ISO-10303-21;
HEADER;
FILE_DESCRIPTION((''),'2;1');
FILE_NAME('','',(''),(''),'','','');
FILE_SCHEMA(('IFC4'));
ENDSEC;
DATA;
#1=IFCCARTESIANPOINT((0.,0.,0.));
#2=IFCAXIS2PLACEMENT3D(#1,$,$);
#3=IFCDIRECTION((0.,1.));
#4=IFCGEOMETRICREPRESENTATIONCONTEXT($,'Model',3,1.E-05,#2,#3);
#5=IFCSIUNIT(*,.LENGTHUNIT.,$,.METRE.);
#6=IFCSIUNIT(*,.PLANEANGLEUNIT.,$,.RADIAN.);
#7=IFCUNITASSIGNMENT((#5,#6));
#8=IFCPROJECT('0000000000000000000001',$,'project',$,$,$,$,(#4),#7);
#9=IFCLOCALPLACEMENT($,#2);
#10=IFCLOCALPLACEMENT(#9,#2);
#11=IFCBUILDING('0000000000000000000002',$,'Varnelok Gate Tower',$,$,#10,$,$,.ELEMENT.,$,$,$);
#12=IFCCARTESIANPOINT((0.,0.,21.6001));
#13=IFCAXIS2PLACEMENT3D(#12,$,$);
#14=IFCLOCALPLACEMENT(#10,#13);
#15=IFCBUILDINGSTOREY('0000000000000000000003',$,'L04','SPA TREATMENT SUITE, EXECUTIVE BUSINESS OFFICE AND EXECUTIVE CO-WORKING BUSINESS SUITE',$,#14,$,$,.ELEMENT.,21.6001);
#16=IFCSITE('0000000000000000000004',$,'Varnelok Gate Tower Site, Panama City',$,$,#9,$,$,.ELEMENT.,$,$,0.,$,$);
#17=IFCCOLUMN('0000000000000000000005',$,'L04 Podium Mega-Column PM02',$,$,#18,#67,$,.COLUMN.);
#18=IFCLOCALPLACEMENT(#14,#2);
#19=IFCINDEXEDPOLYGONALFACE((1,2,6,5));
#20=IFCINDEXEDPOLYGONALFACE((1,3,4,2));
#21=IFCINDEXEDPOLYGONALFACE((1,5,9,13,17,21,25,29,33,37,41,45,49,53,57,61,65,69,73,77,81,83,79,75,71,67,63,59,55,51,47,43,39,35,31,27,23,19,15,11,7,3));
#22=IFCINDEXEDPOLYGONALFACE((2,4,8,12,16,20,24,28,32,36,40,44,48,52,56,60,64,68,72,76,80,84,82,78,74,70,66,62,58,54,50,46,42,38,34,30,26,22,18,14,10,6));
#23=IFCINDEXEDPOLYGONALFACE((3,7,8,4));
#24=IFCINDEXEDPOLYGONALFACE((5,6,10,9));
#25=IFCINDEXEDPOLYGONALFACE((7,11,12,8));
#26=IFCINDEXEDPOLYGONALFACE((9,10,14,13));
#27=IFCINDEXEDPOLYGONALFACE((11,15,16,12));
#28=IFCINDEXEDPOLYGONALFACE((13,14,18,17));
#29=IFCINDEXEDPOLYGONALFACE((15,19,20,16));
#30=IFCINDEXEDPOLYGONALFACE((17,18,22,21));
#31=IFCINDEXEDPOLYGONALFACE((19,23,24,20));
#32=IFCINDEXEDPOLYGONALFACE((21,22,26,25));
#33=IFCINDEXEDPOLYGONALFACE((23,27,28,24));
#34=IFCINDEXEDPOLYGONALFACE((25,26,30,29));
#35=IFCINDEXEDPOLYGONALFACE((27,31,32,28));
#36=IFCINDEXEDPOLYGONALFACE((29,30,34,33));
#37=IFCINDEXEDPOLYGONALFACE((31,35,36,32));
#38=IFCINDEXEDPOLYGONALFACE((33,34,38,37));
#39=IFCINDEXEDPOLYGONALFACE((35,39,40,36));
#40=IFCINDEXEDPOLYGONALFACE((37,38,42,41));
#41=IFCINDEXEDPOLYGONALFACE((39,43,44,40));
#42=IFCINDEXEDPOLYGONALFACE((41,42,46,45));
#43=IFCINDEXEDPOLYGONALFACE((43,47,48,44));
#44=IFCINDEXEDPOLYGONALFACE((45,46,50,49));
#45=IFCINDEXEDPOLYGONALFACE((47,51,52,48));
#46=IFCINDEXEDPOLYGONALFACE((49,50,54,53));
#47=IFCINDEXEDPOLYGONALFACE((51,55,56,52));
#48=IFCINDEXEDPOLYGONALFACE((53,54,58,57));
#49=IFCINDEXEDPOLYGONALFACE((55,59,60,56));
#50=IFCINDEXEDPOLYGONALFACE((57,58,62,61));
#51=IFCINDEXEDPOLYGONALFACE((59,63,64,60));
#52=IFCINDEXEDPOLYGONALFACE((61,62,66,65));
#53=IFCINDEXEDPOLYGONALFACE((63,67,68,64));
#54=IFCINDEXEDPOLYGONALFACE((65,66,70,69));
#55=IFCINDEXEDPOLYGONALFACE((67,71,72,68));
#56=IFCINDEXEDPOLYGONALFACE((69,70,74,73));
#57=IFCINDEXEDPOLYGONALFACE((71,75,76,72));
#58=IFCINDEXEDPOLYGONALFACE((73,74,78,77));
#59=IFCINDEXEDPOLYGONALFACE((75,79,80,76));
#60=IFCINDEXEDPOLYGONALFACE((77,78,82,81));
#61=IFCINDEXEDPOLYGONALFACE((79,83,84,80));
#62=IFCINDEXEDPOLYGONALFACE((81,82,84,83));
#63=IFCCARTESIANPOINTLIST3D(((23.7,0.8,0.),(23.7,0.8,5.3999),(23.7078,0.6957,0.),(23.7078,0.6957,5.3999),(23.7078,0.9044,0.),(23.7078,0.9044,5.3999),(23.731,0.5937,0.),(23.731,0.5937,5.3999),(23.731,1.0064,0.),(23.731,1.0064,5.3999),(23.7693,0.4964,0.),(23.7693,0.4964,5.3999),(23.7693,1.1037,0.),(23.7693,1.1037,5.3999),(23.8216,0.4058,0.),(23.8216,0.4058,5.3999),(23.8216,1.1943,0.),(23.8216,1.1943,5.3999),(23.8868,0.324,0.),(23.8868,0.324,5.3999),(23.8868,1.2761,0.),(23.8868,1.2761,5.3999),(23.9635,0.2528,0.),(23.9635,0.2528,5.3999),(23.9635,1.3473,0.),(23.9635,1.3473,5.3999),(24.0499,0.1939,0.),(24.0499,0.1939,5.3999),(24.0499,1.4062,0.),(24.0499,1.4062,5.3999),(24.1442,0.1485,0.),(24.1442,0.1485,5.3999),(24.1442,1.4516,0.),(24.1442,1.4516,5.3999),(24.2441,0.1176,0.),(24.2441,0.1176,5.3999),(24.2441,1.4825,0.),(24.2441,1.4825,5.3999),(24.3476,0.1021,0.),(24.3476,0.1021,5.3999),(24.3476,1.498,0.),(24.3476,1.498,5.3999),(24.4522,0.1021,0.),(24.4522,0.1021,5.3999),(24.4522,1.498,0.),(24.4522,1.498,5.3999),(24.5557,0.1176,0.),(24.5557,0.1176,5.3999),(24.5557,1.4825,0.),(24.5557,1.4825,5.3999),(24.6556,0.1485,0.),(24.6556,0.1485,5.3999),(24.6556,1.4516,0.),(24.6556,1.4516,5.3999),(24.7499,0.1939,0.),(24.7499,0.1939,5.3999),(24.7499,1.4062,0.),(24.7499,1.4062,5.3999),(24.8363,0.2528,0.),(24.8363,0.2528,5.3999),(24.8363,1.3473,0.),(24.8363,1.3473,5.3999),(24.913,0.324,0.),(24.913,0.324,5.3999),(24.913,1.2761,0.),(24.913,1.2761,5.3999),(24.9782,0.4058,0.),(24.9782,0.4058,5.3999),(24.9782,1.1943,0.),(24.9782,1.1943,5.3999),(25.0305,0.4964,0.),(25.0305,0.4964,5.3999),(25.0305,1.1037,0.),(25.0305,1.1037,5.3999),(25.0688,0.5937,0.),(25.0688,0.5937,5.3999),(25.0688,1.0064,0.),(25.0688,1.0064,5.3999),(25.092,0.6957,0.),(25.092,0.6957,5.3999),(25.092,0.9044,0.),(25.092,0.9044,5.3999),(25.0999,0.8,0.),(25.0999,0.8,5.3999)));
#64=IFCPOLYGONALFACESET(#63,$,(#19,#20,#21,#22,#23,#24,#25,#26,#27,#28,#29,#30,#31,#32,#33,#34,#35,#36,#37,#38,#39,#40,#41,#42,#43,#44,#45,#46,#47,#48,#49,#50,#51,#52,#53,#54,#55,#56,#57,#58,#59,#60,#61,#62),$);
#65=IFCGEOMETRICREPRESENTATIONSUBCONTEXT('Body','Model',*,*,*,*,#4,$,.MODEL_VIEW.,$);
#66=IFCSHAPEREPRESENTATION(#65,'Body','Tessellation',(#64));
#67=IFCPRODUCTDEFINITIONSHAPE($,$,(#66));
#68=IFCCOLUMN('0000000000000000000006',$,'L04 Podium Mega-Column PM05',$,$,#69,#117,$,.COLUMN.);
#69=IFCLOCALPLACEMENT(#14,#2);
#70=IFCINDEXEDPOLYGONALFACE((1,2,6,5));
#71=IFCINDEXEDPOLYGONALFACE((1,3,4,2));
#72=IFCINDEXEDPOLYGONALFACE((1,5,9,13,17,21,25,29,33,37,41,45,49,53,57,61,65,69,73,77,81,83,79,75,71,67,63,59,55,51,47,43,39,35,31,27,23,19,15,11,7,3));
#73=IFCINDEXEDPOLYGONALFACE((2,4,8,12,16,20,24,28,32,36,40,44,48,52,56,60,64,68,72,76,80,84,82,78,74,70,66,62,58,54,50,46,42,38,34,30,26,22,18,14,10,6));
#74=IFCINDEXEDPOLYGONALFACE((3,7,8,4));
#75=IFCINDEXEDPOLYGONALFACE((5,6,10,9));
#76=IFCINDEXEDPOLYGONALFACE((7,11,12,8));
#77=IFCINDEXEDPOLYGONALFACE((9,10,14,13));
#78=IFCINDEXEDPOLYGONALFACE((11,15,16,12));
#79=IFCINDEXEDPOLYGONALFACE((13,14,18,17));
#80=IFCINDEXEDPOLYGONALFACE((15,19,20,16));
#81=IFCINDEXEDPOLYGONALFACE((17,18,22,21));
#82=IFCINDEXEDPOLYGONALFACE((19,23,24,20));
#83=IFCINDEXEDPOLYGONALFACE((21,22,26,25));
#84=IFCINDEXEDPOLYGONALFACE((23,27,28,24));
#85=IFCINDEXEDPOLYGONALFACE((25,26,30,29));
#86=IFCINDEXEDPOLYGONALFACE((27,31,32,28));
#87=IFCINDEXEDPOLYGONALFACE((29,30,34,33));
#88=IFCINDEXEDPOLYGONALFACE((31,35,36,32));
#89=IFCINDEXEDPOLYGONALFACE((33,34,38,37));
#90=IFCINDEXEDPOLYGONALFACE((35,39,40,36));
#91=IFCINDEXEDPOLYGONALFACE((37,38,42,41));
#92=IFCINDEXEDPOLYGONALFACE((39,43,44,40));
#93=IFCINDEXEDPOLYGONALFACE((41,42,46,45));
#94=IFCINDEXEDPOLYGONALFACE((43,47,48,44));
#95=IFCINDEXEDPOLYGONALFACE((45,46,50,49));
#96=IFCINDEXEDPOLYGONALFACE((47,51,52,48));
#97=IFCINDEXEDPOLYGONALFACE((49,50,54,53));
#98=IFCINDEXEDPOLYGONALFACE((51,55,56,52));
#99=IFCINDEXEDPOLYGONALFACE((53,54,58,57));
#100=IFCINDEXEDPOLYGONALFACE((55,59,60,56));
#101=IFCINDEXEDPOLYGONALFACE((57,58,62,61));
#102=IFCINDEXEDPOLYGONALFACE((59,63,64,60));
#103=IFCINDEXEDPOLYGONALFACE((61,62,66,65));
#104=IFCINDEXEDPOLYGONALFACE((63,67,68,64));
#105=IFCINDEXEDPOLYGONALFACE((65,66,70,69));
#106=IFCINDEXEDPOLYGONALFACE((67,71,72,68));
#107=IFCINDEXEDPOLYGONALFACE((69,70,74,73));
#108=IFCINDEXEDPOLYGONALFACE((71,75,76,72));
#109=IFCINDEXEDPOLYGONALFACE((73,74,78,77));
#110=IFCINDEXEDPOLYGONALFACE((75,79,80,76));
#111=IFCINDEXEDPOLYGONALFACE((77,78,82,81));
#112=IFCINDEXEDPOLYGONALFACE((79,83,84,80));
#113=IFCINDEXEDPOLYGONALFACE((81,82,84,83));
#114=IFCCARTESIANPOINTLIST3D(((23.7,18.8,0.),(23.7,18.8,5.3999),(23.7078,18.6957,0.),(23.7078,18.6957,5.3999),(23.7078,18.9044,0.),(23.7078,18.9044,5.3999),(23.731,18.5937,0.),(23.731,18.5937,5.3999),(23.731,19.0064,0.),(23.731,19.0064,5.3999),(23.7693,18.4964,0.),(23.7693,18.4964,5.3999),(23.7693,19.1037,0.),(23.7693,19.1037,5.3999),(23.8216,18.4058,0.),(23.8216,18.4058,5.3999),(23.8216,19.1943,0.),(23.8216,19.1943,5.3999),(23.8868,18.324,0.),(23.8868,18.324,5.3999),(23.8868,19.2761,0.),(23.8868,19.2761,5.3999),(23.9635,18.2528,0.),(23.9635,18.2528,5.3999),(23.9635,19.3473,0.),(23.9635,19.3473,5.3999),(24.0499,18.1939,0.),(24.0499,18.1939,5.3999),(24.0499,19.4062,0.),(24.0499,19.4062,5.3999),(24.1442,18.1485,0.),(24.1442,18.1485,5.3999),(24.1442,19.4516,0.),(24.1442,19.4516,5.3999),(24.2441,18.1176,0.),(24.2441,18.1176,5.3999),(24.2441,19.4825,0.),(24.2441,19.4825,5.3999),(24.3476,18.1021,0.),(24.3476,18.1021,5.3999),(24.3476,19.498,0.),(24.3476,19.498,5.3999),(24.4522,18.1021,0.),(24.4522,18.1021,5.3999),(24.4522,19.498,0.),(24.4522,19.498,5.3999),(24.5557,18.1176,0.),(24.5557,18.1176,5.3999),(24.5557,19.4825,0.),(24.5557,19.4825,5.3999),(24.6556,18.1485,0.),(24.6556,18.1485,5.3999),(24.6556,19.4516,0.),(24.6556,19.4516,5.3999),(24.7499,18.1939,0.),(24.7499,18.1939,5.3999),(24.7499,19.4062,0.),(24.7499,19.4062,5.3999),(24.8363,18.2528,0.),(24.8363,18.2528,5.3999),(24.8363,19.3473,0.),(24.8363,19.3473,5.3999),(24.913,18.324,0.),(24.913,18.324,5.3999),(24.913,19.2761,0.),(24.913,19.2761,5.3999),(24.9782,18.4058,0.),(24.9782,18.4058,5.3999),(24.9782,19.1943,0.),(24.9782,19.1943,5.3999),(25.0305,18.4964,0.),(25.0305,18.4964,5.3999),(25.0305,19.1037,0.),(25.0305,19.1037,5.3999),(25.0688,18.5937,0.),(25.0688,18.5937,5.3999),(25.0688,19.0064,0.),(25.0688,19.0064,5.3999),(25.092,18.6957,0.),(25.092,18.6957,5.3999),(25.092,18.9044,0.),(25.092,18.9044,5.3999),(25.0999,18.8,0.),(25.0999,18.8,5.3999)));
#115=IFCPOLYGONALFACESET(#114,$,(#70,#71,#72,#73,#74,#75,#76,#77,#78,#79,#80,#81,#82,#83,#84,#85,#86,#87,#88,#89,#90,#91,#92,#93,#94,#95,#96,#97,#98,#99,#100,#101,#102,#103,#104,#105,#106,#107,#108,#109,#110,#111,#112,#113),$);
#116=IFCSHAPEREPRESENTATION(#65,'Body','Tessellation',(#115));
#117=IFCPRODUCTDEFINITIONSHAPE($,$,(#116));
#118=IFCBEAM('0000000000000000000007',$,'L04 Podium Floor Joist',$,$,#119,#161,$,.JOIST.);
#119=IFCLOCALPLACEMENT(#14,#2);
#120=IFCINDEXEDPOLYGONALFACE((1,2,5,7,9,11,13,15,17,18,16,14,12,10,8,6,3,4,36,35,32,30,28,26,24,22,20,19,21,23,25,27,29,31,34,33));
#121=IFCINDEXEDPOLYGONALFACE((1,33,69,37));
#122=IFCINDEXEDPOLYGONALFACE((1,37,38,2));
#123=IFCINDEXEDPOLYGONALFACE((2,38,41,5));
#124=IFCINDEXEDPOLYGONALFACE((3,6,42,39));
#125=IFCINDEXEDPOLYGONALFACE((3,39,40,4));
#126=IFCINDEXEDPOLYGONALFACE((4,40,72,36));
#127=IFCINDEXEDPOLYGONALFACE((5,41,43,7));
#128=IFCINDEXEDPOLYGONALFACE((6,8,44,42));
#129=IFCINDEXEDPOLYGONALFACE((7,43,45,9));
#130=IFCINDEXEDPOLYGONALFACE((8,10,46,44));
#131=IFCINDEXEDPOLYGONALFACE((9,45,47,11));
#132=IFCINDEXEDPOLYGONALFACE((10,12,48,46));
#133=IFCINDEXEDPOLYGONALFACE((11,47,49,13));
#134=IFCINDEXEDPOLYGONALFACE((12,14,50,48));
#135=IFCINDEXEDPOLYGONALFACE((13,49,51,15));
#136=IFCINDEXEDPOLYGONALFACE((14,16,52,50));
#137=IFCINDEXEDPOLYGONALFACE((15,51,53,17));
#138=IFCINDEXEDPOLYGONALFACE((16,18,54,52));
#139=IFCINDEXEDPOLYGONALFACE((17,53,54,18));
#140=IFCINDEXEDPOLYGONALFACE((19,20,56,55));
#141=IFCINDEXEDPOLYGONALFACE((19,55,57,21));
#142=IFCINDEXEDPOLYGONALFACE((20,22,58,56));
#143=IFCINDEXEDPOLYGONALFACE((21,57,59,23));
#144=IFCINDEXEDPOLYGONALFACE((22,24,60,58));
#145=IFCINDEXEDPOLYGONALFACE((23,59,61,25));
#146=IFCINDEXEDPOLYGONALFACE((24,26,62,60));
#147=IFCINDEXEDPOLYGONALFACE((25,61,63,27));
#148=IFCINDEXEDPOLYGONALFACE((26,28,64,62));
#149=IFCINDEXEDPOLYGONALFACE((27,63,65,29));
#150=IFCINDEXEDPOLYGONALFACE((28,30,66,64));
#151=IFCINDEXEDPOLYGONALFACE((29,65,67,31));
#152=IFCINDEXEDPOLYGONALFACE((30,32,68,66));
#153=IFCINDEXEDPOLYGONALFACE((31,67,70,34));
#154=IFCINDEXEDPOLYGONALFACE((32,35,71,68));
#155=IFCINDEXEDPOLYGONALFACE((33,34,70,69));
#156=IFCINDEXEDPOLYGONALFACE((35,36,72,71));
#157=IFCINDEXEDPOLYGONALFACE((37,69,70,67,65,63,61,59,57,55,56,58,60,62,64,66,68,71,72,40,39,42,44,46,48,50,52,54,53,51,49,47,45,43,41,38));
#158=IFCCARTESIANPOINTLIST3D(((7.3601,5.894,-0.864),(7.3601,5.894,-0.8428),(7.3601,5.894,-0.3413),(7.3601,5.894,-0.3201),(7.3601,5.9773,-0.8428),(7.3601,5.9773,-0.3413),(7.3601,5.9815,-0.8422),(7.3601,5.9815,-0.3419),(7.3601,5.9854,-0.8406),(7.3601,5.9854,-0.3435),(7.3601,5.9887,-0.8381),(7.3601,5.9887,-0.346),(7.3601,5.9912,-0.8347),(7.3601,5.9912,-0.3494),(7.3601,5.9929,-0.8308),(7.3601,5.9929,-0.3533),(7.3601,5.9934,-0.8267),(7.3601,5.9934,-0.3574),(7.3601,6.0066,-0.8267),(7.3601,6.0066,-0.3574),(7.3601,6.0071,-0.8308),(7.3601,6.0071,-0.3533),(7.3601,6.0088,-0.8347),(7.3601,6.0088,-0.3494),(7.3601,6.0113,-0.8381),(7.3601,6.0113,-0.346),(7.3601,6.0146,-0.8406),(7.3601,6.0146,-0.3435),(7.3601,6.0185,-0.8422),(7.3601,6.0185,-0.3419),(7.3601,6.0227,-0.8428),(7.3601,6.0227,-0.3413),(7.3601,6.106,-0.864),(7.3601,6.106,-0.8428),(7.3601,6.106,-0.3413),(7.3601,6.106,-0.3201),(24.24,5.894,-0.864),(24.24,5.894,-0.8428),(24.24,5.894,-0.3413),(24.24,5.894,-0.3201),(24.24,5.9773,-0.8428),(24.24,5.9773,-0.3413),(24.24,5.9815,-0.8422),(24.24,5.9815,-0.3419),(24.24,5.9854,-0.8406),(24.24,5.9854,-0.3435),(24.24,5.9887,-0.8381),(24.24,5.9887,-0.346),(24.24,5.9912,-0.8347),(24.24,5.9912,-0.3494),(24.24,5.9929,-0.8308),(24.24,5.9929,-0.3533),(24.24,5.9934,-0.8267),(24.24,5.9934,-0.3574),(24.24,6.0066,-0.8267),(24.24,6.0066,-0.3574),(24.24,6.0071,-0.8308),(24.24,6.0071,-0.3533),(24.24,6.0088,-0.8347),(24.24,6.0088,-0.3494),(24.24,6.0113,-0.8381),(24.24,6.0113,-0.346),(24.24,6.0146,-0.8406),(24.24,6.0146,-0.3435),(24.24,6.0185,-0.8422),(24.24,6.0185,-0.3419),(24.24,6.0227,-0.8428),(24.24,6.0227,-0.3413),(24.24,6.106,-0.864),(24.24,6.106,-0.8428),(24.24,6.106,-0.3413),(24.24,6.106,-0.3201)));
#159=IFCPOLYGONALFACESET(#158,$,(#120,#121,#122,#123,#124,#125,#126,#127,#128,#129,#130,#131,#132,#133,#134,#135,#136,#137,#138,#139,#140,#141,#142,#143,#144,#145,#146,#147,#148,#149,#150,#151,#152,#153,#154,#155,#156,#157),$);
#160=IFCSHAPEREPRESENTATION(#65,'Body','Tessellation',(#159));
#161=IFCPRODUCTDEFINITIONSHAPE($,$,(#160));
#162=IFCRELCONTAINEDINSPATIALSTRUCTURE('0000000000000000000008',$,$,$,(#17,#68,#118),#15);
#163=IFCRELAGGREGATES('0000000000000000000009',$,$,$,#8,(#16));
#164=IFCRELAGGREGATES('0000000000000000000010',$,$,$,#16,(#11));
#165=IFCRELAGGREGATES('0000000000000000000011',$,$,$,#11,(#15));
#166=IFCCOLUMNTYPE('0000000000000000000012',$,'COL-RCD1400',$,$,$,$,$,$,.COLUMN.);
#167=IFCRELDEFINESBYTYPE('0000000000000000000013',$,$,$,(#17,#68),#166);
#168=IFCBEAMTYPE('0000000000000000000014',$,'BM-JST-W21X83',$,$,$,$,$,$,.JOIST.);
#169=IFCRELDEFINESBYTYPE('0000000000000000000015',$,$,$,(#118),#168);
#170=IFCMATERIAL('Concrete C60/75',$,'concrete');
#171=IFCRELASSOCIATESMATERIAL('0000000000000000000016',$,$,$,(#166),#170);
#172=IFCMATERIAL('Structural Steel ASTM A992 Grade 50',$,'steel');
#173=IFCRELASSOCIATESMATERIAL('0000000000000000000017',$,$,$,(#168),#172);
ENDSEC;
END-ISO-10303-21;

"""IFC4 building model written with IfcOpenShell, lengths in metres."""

from ifc_helpers import new_model, si_unit, direction, frame, origin, origin_2d, place, context, subcontext, project, spatial, circle, i_section, extrude, material, material_profile, profile_set, type_object, element, save


model = new_model("IFC4")

# Units and contexts
model_context = context("Model", 3, precision=1e-05, world=origin(), true_north=direction((0.0, 1.0)))
body_context = subcontext(model_context, "Body", "Model", "MODEL_VIEW")
ifc_project = project(units=[si_unit("LENGTHUNIT", "METRE"), si_unit("PLANEANGLEUNIT", "RADIAN")], contexts=[model_context])

# Site, building, storey
site_placement = place(None, origin())
site = spatial("IfcSite", under=ifc_project, at=site_placement, Name="Varnelok Gate Tower Site, Panama City", CompositionType="ELEMENT", RefElevation=0.0)
building_placement = place(site_placement, origin())
building = spatial("IfcBuilding", under=site, at=building_placement, Name="Varnelok Gate Tower", CompositionType="ELEMENT")
storey_placement = place(building_placement, frame((0.0, 0.0, 21.6001)))
storey = spatial("IfcBuildingStorey", under=building, at=storey_placement, Name="L04", Description="SPA TREATMENT SUITE, EXECUTIVE BUSINESS OFFICE AND EXECUTIVE CO-WORKING BUSINESS SUITE", CompositionType="ELEMENT", Elevation=21.6001)

# Columns
ifc_material_1 = material(Name="Concrete C60/75", Category="concrete")
ifc_material_profile_1 = material_profile(ifc_material_1, circle(Radius=0.7, at=origin_2d()), Name="RCD1400")
ifc_profile_set_1 = profile_set([ifc_material_profile_1], Name="Concrete C60/75")
column_type = type_object("IfcColumnType", Name="COL-RCD1400", PredefinedType="COLUMN", material=ifc_profile_set_1)
for number, where, z_axis, x_axis, name in (
    (1, (24.3999, 0.8, 0.0), (0.0, 0.0, 1.0), (1.0, 0.0, 0.0), "L04 Podium Mega-Column PM02"),
    (2, (24.3999, 18.8, 0.0), (0.0, 0.0, 1.0), (1.0, 0.0, 0.0), "L04 Podium Mega-Column PM05"),
):
    element("IfcColumn", number, at=place(storey_placement, frame(where, z_axis=z_axis, x_axis=x_axis)), inside=storey, type_object=column_type, Name=name, PredefinedType="COLUMN", context=body_context, shape_type="SweptSolid", body=[
        extrude(circle(Radius=0.7, at=origin_2d()), origin(), (0.0, 0.0, 1.0), 5.3999),
    ])

# Beam
ifc_material_2 = material(Name="Structural Steel ASTM A992 Grade 50", Category="steel")
ifc_material_profile_2 = material_profile(ifc_material_2, i_section(OverallWidth=0.2119, OverallDepth=0.5439, WebThickness=0.0132, FlangeThickness=0.0212, FilletRadius=0.0161, at=origin_2d()), Name="W21X83")
ifc_profile_set_2 = profile_set([ifc_material_profile_2], Name="Structural Steel ASTM A992 Grade 50")
beam_type_1 = type_object("IfcBeamType", Name="BM-JST-W21X83", PredefinedType="JOIST", material=ifc_profile_set_2)
beam_1_placement = place(storey_placement, frame((7.3601, 6.0, -0.592), z_axis=(1.0, 0.0, 0.0), x_axis=(0.0, 1.0, 0.0)))
element("IfcBeam", 3, at=beam_1_placement, inside=storey, type_object=beam_type_1, Name="L04 Podium Floor Joist", PredefinedType="JOIST", context=body_context, shape_type="SweptSolid", body=[
    extrude(i_section(OverallWidth=0.2119, OverallDepth=0.5439, WebThickness=0.0132, FlangeThickness=0.0212, FilletRadius=0.0161, at=origin_2d()), origin(), (0.0, 0.0, 1.0), 16.8799),
])

save(model, "model.ifc")
